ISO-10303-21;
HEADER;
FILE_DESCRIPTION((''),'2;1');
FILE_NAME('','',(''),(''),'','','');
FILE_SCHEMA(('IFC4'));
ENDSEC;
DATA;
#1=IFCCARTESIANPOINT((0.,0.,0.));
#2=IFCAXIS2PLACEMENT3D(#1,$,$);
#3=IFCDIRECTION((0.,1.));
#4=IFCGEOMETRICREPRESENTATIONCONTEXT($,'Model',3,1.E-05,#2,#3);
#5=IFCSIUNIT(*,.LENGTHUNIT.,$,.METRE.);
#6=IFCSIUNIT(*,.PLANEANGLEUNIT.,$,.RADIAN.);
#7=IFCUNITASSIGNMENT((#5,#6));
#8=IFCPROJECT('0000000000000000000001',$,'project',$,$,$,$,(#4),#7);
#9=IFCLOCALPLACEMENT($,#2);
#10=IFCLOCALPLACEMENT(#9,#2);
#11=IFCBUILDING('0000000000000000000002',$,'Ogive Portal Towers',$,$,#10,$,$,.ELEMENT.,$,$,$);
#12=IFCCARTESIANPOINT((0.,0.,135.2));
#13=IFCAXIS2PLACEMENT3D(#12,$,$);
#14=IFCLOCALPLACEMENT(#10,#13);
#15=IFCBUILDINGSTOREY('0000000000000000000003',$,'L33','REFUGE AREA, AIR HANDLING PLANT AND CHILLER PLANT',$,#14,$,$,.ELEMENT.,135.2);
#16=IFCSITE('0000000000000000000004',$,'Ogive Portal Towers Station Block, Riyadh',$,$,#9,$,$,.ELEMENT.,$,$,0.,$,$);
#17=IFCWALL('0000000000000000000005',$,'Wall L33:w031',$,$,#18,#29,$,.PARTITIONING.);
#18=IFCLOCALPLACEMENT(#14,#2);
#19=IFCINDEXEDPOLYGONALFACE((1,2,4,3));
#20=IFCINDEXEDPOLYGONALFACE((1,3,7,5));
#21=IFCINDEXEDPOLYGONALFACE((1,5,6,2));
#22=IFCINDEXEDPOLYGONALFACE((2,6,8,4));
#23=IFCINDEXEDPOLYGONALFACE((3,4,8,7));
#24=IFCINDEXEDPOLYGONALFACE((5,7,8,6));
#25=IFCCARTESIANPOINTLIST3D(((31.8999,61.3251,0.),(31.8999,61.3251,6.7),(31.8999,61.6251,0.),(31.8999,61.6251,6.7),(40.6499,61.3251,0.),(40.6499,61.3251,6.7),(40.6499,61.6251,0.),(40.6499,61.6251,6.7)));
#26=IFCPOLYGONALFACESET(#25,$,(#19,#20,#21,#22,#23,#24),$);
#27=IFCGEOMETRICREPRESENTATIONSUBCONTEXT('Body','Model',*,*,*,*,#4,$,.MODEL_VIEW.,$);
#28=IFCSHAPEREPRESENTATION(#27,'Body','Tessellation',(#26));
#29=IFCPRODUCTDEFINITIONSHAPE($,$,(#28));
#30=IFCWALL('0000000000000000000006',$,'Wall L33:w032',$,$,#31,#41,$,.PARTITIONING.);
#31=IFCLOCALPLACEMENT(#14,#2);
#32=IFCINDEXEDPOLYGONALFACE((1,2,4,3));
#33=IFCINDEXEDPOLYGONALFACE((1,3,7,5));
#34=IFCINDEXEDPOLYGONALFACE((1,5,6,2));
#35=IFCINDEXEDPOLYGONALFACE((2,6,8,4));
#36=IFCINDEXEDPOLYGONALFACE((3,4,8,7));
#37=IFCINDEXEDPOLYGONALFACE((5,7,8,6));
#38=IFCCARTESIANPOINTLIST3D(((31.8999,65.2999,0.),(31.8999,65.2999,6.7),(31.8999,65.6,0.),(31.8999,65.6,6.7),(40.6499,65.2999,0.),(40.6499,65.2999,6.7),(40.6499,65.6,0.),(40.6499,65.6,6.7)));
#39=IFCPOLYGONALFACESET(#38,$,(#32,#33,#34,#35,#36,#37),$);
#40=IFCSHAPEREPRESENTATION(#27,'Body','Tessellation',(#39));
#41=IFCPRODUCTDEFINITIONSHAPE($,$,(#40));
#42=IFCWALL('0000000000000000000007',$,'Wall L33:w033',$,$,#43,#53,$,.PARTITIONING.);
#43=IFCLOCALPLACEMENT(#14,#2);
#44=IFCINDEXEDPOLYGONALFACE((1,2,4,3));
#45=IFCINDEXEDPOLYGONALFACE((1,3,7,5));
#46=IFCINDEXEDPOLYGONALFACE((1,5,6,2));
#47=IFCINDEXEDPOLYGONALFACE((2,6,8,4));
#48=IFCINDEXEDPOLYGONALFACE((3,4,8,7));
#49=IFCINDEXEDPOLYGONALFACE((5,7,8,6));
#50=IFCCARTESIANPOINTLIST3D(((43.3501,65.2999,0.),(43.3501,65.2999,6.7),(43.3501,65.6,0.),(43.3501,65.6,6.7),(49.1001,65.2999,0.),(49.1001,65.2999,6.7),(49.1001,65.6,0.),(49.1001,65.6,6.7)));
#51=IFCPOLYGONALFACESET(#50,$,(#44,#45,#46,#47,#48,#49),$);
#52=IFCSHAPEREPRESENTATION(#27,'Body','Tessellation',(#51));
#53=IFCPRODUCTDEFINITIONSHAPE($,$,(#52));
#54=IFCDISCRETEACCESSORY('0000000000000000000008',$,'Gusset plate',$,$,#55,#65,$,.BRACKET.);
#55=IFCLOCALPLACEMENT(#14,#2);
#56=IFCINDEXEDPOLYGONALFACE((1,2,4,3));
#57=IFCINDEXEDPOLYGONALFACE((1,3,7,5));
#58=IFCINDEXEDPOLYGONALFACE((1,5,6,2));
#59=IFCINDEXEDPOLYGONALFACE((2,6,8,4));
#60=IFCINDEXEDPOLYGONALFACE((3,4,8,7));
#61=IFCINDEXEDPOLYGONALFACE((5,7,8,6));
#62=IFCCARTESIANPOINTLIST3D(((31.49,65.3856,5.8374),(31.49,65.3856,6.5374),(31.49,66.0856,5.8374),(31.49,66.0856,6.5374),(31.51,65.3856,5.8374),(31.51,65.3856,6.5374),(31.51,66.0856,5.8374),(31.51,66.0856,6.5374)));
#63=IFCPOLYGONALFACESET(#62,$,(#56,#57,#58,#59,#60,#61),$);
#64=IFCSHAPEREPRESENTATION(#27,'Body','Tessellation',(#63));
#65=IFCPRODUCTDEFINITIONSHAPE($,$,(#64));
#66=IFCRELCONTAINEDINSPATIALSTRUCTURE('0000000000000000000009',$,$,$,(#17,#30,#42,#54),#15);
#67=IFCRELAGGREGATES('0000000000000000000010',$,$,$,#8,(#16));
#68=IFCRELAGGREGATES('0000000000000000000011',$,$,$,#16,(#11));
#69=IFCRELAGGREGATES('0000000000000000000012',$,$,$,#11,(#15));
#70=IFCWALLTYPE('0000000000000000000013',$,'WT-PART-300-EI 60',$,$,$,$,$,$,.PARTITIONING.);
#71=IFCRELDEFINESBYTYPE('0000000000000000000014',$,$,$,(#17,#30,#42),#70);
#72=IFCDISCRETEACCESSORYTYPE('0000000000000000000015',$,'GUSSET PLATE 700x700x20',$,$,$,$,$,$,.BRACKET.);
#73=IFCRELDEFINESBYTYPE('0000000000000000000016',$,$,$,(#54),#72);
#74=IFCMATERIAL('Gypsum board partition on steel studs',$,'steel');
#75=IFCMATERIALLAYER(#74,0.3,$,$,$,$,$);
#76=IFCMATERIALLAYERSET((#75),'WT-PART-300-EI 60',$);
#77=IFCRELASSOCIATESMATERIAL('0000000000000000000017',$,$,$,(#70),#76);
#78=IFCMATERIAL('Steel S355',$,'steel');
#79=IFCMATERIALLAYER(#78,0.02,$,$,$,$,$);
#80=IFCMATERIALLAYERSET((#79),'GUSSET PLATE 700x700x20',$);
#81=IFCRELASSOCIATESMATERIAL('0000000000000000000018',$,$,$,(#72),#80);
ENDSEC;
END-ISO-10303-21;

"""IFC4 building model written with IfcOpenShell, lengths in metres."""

from ifc_helpers import new_model, si_unit, direction, frame, frame_2d, origin, origin_2d, place, context, subcontext, project, spatial, rectangle, extrude, material, layer, layer_set, type_object, element, save


model = new_model("IFC4")

# Units and contexts
model_context = context("Model", 3, precision=1e-05, world=origin(), true_north=direction((0.0, 1.0)))
body_context = subcontext(model_context, "Body", "Model", "MODEL_VIEW")
ifc_project = project(units=[si_unit("LENGTHUNIT", "METRE"), si_unit("PLANEANGLEUNIT", "RADIAN")], contexts=[model_context])

# Site, building, storey
site_placement = place(None, origin())
site = spatial("IfcSite", under=ifc_project, at=site_placement, Name="Ogive Portal Towers Station Block, Riyadh", CompositionType="ELEMENT", RefElevation=0.0)
building_placement = place(site_placement, origin())
building = spatial("IfcBuilding", under=site, at=building_placement, Name="Ogive Portal Towers", CompositionType="ELEMENT")
storey_placement = place(building_placement, frame((0.0, 0.0, 135.2)))
storey = spatial("IfcBuildingStorey", under=building, at=storey_placement, Name="L33", Description="REFUGE AREA, AIR HANDLING PLANT AND CHILLER PLANT", CompositionType="ELEMENT", Elevation=135.2)

# Shared definitions
ifc_material_1 = material(Name="Steel S355", Category="steel")

# Walls
ifc_material_2 = material(Name="Gypsum board partition on steel studs", Category="steel")
ifc_layer_1 = layer(ifc_material_2, 0.3)
ifc_layer_set_1 = layer_set([ifc_layer_1], Name="WT-PART-300-EI 60")
wall_type_1 = type_object("IfcWallType", Name="WT-PART-300-EI 60", PredefinedType="PARTITIONING", material=ifc_layer_set_1)
for number, where, z_axis, x_axis, name in (
    (1, (31.8999, 61.4751, 0.0), (0.0, 0.0, 1.0), (1.0, 0.0, 0.0), "Wall L33:w031"),
    (2, (31.8999, 65.45, 0.0), (0.0, 0.0, 1.0), (1.0, 0.0, 0.0), "Wall L33:w032"),
):
    element("IfcWall", number, at=place(storey_placement, frame(where, z_axis=z_axis, x_axis=x_axis)), inside=storey, type_object=wall_type_1, Name=name, PredefinedType="PARTITIONING", context=body_context, shape_type="SweptSolid", body=[
        extrude(rectangle(XDim=8.75, YDim=0.3, at=frame_2d((4.375, 0.0))), origin(), (0.0, 0.0, 1.0), 6.7),
    ])
wall_1_placement = place(storey_placement, frame((43.3501, 65.45, 0.0), z_axis=(0.0, 0.0, 1.0), x_axis=(1.0, 0.0, 0.0)))
element("IfcWall", 3, at=wall_1_placement, inside=storey, type_object=wall_type_1, Name="Wall L33:w033", PredefinedType="PARTITIONING", context=body_context, shape_type="SweptSolid", body=[
    extrude(rectangle(XDim=5.75, YDim=0.3, at=frame_2d((2.875, 0.0))), origin(), (0.0, 0.0, 1.0), 6.7),
])

# Discrete accessory
ifc_layer_2 = layer(ifc_material_1, 0.02)
ifc_layer_set_2 = layer_set([ifc_layer_2], Name="GUSSET PLATE 700x700x20")
discrete_accessory_type = type_object("IfcDiscreteAccessoryType", Name="GUSSET PLATE 700x700x20", PredefinedType="BRACKET", material=ifc_layer_set_2)
discrete_accessory_placement = place(storey_placement, frame((31.5, 65.7356, 5.8374), z_axis=(0.0, 0.0, 1.0), x_axis=(0.0, -1.0, 0.0)))
element("IfcDiscreteAccessory", 4, at=discrete_accessory_placement, inside=storey, type_object=discrete_accessory_type, Name="Gusset plate", PredefinedType="BRACKET", context=body_context, shape_type="SweptSolid", body=[
    extrude(rectangle(XDim=0.7, YDim=0.02, at=origin_2d()), origin(), (0.0, 0.0, 1.0), 0.7),
])

save(model, "model.ifc")
